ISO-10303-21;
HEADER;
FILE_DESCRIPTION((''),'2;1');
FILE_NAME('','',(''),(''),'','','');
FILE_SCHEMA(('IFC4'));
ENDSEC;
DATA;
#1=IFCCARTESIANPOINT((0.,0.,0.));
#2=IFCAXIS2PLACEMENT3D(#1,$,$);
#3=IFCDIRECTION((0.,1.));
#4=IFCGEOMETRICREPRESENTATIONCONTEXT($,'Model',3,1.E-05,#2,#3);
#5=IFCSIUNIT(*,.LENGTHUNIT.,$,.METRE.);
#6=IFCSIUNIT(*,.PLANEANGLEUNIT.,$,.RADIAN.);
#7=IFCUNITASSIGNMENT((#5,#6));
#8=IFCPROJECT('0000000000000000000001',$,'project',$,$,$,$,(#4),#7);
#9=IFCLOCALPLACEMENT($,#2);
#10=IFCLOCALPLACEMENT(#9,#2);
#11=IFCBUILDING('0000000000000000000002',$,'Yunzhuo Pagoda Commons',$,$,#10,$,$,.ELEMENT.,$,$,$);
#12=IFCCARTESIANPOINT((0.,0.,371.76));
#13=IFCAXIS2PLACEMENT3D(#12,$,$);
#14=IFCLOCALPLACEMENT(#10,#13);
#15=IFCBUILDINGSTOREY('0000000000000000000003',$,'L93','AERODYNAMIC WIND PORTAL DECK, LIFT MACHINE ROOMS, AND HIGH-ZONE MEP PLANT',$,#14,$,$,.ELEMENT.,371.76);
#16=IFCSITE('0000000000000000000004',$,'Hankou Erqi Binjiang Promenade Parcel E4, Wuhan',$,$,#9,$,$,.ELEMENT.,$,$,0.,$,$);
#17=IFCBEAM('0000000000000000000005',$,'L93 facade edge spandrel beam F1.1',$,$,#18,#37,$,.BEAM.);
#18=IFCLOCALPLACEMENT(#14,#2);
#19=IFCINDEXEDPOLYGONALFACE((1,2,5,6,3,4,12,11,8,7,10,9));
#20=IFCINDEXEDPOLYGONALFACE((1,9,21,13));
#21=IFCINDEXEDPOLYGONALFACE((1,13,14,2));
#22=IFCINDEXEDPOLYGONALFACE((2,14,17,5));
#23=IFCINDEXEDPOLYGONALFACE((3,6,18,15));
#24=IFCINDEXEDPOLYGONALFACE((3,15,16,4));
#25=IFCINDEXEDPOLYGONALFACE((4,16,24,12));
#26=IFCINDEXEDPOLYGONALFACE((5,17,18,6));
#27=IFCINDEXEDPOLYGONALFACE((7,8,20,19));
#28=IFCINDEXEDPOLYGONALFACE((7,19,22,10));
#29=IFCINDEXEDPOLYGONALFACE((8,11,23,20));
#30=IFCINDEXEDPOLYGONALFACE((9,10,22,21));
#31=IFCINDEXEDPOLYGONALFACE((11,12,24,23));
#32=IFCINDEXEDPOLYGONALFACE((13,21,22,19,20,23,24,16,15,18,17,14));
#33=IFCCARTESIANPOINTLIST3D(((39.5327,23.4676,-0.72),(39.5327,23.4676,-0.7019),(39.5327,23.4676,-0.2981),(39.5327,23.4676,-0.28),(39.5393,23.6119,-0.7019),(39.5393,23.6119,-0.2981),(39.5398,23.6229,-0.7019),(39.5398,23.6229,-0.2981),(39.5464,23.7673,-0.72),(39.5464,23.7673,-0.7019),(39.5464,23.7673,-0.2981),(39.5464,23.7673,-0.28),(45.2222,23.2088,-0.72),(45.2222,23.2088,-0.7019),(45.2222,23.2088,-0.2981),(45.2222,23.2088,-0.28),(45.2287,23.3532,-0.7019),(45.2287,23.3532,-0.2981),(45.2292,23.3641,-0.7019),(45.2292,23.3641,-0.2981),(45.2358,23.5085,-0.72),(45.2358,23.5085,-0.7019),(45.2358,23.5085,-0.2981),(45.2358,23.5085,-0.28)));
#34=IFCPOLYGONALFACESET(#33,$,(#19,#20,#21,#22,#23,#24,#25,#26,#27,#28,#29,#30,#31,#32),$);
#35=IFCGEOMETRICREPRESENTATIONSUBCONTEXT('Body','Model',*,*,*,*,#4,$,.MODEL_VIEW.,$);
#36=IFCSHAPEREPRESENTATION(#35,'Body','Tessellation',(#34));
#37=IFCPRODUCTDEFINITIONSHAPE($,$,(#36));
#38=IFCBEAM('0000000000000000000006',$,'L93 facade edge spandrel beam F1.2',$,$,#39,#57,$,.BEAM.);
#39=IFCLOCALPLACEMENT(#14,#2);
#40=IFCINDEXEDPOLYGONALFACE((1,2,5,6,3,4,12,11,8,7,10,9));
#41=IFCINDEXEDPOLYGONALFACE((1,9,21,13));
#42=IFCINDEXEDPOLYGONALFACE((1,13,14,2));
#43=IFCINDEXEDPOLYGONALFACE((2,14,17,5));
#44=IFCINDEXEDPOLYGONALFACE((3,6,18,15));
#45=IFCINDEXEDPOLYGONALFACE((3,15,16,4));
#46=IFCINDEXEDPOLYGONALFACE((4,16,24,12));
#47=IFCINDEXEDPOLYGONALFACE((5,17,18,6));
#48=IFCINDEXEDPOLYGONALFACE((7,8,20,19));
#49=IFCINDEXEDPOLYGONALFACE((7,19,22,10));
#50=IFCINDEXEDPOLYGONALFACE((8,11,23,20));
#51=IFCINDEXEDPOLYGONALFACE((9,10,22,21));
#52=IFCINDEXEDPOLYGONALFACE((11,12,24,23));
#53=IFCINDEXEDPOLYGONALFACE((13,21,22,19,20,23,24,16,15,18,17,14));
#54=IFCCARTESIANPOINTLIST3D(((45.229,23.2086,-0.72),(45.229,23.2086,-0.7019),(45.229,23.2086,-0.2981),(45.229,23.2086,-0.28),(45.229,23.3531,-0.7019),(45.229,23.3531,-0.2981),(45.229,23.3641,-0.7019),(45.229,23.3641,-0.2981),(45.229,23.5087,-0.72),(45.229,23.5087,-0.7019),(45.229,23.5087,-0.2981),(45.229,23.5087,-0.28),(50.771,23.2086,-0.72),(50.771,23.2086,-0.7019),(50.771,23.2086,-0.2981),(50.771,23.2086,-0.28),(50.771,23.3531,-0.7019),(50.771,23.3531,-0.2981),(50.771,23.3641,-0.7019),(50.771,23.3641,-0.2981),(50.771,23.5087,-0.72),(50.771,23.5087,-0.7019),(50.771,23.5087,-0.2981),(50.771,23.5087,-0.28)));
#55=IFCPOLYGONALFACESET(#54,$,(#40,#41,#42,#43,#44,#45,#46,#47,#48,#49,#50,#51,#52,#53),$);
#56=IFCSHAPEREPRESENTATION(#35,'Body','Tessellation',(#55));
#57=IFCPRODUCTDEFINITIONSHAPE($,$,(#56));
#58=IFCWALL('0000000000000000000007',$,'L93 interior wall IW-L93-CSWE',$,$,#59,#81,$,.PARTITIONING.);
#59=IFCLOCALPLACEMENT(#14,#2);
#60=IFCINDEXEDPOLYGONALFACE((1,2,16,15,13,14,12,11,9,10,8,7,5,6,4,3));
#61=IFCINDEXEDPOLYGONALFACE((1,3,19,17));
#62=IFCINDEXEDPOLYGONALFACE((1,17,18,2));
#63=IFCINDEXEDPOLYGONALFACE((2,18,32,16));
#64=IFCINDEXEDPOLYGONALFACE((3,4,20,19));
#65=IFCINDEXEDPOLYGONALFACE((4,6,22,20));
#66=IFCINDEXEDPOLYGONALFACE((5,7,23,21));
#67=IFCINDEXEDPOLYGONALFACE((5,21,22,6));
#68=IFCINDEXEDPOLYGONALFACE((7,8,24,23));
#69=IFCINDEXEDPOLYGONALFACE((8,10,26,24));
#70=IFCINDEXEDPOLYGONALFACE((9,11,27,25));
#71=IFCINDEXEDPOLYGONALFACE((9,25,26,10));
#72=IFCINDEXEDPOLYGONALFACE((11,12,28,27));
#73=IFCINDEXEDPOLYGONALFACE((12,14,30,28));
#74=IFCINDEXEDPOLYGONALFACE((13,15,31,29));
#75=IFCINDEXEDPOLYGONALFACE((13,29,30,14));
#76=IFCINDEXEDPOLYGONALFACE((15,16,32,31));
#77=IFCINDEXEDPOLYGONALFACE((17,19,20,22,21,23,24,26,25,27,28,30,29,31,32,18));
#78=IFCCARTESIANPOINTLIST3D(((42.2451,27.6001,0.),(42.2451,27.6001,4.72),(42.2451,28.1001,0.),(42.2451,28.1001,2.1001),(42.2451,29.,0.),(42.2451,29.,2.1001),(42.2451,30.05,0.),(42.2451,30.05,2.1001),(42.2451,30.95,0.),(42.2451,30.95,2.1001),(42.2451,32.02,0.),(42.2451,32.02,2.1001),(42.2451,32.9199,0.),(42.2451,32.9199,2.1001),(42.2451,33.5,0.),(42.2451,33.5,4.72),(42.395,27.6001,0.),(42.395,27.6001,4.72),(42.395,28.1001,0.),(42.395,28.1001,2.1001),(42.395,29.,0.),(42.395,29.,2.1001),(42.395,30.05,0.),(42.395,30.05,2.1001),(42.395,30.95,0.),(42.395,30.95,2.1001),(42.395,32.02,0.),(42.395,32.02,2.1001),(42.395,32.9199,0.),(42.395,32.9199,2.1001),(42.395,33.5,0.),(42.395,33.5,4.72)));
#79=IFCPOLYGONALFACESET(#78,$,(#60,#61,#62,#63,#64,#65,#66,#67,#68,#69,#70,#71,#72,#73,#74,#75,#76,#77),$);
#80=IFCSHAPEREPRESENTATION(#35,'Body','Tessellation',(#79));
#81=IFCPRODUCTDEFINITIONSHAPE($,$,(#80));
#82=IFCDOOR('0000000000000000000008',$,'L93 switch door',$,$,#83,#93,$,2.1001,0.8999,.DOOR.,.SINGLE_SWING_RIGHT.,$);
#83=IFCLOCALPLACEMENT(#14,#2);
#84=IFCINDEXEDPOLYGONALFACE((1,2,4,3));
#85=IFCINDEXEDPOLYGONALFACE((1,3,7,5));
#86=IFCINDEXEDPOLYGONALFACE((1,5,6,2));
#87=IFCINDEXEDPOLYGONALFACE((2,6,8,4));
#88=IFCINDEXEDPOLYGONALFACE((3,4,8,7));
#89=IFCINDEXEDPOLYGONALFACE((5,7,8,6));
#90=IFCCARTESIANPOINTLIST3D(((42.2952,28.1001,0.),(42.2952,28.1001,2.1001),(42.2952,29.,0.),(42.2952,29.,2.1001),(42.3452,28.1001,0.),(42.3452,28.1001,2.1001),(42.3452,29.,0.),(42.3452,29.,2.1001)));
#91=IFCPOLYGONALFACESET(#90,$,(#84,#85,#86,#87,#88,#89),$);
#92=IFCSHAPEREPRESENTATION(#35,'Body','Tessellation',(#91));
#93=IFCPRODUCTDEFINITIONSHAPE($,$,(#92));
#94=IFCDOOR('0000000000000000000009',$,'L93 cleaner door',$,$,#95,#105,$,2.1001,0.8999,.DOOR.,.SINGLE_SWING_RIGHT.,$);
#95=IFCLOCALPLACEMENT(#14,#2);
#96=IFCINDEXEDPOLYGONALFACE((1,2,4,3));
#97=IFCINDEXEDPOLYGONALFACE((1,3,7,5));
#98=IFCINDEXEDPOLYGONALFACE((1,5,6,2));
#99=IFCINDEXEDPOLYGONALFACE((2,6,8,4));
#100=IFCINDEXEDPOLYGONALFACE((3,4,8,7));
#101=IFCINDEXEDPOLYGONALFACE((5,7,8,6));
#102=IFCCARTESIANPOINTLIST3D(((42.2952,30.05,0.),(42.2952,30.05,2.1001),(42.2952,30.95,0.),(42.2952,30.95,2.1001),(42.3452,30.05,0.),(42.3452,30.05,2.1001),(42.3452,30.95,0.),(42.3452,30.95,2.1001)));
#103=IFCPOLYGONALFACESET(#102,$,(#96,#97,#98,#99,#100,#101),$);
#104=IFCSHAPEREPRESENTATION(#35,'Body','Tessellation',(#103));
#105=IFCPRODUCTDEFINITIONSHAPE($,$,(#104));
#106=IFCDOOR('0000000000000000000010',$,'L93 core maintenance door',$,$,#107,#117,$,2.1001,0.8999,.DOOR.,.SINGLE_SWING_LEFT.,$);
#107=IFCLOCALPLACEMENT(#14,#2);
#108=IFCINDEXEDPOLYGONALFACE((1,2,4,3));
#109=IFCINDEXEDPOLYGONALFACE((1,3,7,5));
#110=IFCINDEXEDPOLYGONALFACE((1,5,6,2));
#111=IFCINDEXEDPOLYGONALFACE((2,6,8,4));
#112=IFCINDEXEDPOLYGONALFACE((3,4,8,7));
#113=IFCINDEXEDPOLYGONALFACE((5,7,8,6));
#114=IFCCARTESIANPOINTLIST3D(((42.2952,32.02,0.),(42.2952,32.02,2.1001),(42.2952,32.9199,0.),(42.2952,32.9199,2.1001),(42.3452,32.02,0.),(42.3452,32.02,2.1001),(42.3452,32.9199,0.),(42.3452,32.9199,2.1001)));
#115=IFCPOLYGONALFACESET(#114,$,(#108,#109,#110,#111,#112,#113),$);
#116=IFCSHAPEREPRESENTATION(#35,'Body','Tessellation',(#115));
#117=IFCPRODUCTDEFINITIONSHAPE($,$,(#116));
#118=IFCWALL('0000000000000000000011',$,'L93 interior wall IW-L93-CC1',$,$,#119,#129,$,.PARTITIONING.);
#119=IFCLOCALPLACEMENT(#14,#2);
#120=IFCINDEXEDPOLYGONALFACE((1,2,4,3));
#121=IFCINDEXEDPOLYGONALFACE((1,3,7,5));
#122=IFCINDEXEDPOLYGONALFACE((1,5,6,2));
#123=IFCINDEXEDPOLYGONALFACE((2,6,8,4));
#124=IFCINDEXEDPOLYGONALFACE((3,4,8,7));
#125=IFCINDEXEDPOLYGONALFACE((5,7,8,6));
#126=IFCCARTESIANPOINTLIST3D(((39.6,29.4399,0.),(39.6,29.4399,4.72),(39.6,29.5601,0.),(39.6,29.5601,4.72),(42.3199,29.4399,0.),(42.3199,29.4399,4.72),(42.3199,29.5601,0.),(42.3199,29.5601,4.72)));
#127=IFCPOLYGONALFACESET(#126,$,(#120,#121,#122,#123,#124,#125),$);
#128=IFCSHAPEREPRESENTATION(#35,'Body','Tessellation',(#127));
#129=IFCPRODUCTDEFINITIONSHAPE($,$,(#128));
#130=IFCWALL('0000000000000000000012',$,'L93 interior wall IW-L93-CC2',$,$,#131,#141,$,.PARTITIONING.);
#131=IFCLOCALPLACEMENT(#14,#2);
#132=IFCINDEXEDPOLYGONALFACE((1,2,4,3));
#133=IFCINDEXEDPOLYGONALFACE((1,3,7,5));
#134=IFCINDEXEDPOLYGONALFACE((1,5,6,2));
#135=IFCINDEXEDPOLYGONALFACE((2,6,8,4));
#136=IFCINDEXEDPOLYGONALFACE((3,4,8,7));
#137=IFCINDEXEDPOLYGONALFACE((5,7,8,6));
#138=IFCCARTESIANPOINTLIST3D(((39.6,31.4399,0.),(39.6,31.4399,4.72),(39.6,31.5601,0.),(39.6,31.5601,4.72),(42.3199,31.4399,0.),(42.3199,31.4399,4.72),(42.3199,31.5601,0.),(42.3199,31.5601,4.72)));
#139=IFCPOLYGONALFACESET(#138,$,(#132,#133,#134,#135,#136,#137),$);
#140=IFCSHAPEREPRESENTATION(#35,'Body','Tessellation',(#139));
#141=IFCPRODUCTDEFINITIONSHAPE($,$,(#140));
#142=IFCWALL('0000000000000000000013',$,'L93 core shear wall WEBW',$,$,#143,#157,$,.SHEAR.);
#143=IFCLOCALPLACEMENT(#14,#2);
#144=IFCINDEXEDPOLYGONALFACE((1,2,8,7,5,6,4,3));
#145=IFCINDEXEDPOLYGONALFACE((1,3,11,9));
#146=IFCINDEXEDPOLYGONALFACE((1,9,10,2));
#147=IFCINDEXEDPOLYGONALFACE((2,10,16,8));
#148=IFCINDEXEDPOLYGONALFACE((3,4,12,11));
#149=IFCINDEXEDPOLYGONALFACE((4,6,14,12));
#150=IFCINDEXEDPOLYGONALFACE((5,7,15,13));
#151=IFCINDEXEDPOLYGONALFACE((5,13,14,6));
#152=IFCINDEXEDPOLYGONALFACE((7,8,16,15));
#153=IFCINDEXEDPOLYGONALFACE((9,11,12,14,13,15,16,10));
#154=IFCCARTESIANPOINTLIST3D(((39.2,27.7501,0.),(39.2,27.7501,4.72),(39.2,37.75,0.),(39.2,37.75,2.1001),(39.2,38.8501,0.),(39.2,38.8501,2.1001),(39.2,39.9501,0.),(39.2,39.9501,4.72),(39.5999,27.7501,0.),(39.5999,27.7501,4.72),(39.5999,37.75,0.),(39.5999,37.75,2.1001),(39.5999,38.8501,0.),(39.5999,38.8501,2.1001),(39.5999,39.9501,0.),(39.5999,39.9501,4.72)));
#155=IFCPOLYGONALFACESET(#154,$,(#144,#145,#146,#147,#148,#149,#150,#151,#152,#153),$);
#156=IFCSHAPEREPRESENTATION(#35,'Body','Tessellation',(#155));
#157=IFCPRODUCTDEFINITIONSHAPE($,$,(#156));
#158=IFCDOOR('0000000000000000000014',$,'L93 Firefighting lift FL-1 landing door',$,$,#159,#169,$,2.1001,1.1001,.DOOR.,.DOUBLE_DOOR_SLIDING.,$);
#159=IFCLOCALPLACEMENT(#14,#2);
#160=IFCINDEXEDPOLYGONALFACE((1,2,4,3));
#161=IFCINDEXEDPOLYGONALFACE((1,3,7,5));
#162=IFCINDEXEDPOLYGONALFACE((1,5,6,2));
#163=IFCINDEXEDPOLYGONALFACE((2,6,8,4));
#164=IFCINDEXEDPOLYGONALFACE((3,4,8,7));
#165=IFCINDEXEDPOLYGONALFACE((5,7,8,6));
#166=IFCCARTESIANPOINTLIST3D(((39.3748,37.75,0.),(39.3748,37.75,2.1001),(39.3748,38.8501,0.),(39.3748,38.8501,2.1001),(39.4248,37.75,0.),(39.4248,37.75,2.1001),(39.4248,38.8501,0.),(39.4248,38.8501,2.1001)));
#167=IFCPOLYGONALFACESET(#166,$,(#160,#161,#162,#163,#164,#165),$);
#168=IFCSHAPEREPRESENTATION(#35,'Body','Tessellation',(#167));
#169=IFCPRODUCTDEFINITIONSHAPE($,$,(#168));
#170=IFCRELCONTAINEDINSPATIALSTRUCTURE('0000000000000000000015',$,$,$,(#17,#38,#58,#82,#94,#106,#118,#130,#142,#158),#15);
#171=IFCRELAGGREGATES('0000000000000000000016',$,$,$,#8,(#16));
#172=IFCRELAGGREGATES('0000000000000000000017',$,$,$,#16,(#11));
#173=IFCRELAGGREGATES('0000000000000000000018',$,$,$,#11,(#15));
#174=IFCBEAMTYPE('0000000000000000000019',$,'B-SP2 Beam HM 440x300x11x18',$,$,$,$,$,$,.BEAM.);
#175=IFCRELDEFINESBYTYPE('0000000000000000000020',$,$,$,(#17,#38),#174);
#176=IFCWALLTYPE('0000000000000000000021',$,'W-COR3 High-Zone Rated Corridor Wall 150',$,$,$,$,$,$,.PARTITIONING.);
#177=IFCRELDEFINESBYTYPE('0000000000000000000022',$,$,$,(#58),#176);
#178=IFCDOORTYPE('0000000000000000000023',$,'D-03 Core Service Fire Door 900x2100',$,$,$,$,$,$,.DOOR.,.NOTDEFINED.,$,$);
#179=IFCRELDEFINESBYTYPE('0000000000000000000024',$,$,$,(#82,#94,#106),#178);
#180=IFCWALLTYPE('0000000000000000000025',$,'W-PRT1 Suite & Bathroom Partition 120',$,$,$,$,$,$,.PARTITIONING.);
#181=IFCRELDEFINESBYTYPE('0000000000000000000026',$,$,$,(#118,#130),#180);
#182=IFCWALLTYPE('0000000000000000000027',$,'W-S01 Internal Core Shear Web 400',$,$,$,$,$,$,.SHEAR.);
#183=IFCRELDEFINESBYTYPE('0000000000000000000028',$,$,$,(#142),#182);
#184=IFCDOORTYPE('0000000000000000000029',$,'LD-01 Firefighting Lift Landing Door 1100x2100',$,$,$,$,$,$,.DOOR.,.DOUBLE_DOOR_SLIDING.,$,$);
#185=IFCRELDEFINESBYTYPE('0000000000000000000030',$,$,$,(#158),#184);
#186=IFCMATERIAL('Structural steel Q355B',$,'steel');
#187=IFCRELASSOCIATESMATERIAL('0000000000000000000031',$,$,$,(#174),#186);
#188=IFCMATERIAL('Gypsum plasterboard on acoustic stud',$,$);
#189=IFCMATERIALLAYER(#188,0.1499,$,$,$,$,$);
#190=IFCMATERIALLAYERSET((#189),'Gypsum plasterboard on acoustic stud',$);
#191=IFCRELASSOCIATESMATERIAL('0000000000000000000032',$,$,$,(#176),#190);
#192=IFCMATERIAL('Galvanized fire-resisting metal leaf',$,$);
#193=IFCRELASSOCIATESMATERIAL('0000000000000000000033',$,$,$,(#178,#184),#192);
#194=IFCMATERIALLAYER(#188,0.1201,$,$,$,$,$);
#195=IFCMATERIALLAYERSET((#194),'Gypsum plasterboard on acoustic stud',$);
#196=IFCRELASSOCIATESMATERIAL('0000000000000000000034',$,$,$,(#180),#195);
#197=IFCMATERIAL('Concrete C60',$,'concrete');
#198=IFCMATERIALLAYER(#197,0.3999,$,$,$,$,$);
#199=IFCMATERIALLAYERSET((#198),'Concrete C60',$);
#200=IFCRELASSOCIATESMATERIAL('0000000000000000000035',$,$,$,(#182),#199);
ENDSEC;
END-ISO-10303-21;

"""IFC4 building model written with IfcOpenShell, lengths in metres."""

from ifc_helpers import new_model, si_unit, direction, frame, frame_2d, origin, origin_with_axes, origin_2d, place, context, subcontext, project, spatial, rectangle, i_section, extrude, source, transform, mapped, material, layer, layer_set, material_profile, profile_set, type_object, element, fill, save


model = new_model("IFC4")

# Units and contexts
model_context = context("Model", 3, precision=1e-05, world=origin(), true_north=direction((0.0, 1.0)))
body_context = subcontext(model_context, "Body", "Model", "MODEL_VIEW")
ifc_project = project(units=[si_unit("LENGTHUNIT", "METRE"), si_unit("PLANEANGLEUNIT", "RADIAN")], contexts=[model_context])

# Site, building, storey
site_placement = place(None, origin())
site = spatial("IfcSite", under=ifc_project, at=site_placement, Name="Hankou Erqi Binjiang Promenade Parcel E4, Wuhan", CompositionType="ELEMENT", RefElevation=0.0)
building_placement = place(site_placement, origin())
building = spatial("IfcBuilding", under=site, at=building_placement, Name="Yunzhuo Pagoda Commons", CompositionType="ELEMENT")
storey_placement = place(building_placement, frame((0.0, 0.0, 371.76)))
storey = spatial("IfcBuildingStorey", under=building, at=storey_placement, Name="L93", Description="AERODYNAMIC WIND PORTAL DECK, LIFT MACHINE ROOMS, AND HIGH-ZONE MEP PLANT", CompositionType="ELEMENT", Elevation=371.76)

# Shared definitions
ifc_material_1 = material(Name="Structural steel Q355B", Category="steel")

# Beams
ifc_material_profile_1 = material_profile(ifc_material_1, i_section(OverallWidth=0.3, OverallDepth=0.4399, WebThickness=0.011, FlangeThickness=0.0181, at=origin_2d()), Name="Structural steel Q355B")
ifc_profile_set_1 = profile_set([ifc_material_profile_1], Name="Structural steel Q355B")
beam_type_1 = type_object("IfcBeamType", Name="B-SP2 Beam HM 440x300x11x18", PredefinedType="BEAM", material=ifc_profile_set_1)
shared_shape_1 = source(origin(), body_context, "Body", "SweptSolid", [
    extrude(i_section(OverallWidth=0.3, OverallDepth=0.4399, WebThickness=0.011, FlangeThickness=0.0181, at=origin_2d()), origin(), (0.0, 0.0, 1.0), 5.6953),
])
beam_1_placement = place(storey_placement, frame((39.5396, 23.6174, -0.5), z_axis=(0.998967, -0.045439, 0.0), x_axis=(0.045439, 0.998967, 0.0)))
element("IfcBeam", 1, at=beam_1_placement, inside=storey, type_object=beam_type_1, Name="L93 facade edge spandrel beam F1.1", PredefinedType="BEAM", context=body_context, shape_type="MappedRepresentation", body=[
    mapped(shared_shape_1, transform((0.0, 0.0, 0.0), scale=1.0)),
])
shared_shape_2 = source(origin(), body_context, "Body", "SweptSolid", [
    extrude(i_section(OverallWidth=0.3, OverallDepth=0.4399, WebThickness=0.011, FlangeThickness=0.0181, at=origin_2d()), origin(), (0.0, 0.0, 1.0), 5.542),
])
beam_2_placement = place(storey_placement, frame((45.229, 23.3586, -0.5), z_axis=(1.0, 0.0, 0.0), x_axis=(0.0, 1.0, 0.0)))
element("IfcBeam", 2, at=beam_2_placement, inside=storey, type_object=beam_type_1, Name="L93 facade edge spandrel beam F1.2", PredefinedType="BEAM", context=body_context, shape_type="MappedRepresentation", body=[
    mapped(shared_shape_2, transform((0.0, 0.0, 0.0), scale=1.0)),
])

# Wall, openings, doors
ifc_material_2 = material(Name="Gypsum plasterboard on acoustic stud")
ifc_layer_1 = layer(ifc_material_2, 0.1499)
ifc_layer_set_1 = layer_set([ifc_layer_1], Name="Gypsum plasterboard on acoustic stud")
wall_type_1 = type_object("IfcWallType", Name="W-COR3 High-Zone Rated Corridor Wall 150", PredefinedType="PARTITIONING", material=ifc_layer_set_1)
wall_1_placement = place(storey_placement, frame((42.3201, 27.6001, 0.0), z_axis=(0.0, 0.0, 1.0), x_axis=(0.0, 1.0, 0.0)))
wall_1 = element("IfcWall", 3, at=wall_1_placement, inside=storey, type_object=wall_type_1, Name="L93 interior wall IW-L93-CSWE", PredefinedType="PARTITIONING", context=body_context, shape_type="SweptSolid", body=[
    extrude(rectangle(XDim=5.8999, YDim=0.1499, at=frame_2d((2.95, 0.0))), origin(), (0.0, 0.0, 1.0), 4.72),
])
opening_1_placement = place(wall_1_placement, frame((0.5, 0.0, 0.0)))
opening_1 = element("IfcOpeningElement", 4, at=opening_1_placement, cuts=wall_1, PredefinedType="OPENING", context=body_context, shape_type="SweptSolid", body=[
    extrude(rectangle(XDim=0.8999, YDim=2.1001, at=frame_2d((0.45, 1.05))), frame((0.0, 0.085, 0.0), z_axis=(0.0, -1.0, 0.0), x_axis=(1.0, 0.0, 0.0)), (0.0, 0.0, 1.0), 0.1699),
])
opening_2_placement = place(wall_1_placement, frame((2.45, 0.0, 0.0)))
opening_2 = element("IfcOpeningElement", 5, at=opening_2_placement, cuts=wall_1, PredefinedType="OPENING", context=body_context, shape_type="SweptSolid", body=[
    extrude(rectangle(XDim=0.8999, YDim=2.1001, at=frame_2d((0.45, 1.05))), frame((0.0, 0.085, 0.0), z_axis=(0.0, -1.0, 0.0), x_axis=(1.0, 0.0, 0.0)), (0.0, 0.0, 1.0), 0.1699),
])
opening_3_placement = place(wall_1_placement, frame((4.4199, 0.0, 0.0)))
opening_3 = element("IfcOpeningElement", 6, at=opening_3_placement, cuts=wall_1, PredefinedType="OPENING", context=body_context, shape_type="SweptSolid", body=[
    extrude(rectangle(XDim=0.8999, YDim=2.1001, at=frame_2d((0.45, 1.05))), frame((0.0, 0.085, 0.0), z_axis=(0.0, -1.0, 0.0), x_axis=(1.0, 0.0, 0.0)), (0.0, 0.0, 1.0), 0.1699),
])
ifc_material_3 = material(Name="Galvanized fire-resisting metal leaf")
door_type_1 = type_object("IfcDoorType", Name="D-03 Core Service Fire Door 900x2100", OperationType="NOTDEFINED", PredefinedType="DOOR", material=ifc_material_3)
shared_shape_3 = source(origin(), body_context, "Body", "SweptSolid", [
    extrude(rectangle(XDim=0.8999, YDim=2.1001, at=frame_2d((0.45, 1.05))), frame((0.0, 0.0249, 0.0), z_axis=(0.0, -1.0, 0.0), x_axis=(1.0, 0.0, 0.0)), (0.0, 0.0, 1.0), 0.05),
])
door_1_placement = place(opening_1_placement, origin_with_axes())
door_1 = element("IfcDoor", 7, at=door_1_placement, inside=storey, type_object=door_type_1, Name="L93 switch door", OperationType="SINGLE_SWING_RIGHT", OverallHeight=2.1001, OverallWidth=0.8999, PredefinedType="DOOR", context=body_context, shape_type="MappedRepresentation", body=[
    mapped(shared_shape_3, transform((0.0, 0.0, 0.0), scale=1.0)),
])
fill(opening_1, door_1)
door_2_placement = place(opening_2_placement, origin_with_axes())
door_2 = element("IfcDoor", 8, at=door_2_placement, inside=storey, type_object=door_type_1, Name="L93 cleaner door", OperationType="SINGLE_SWING_RIGHT", OverallHeight=2.1001, OverallWidth=0.8999, PredefinedType="DOOR", context=body_context, shape_type="MappedRepresentation", body=[
    mapped(shared_shape_3, transform((0.0, 0.0, 0.0), scale=1.0)),
])
fill(opening_2, door_2)
door_3_placement = place(opening_3_placement, origin_with_axes())
door_3 = element("IfcDoor", 9, at=door_3_placement, inside=storey, type_object=door_type_1, Name="L93 core maintenance door", OperationType="SINGLE_SWING_LEFT", OverallHeight=2.1001, OverallWidth=0.8999, PredefinedType="DOOR", context=body_context, shape_type="MappedRepresentation", body=[
    mapped(shared_shape_3, transform((0.0, 0.0, 0.0), scale=1.0)),
])
fill(opening_3, door_3)

# Walls
ifc_layer_2 = layer(ifc_material_2, 0.1201)
ifc_layer_set_2 = layer_set([ifc_layer_2], Name="Gypsum plasterboard on acoustic stud")
wall_type_2 = type_object("IfcWallType", Name="W-PRT1 Suite & Bathroom Partition 120", PredefinedType="PARTITIONING", material=ifc_layer_set_2)
for number, where, z_axis, x_axis, name in (
    (10, (39.6001, 29.5, 0.0), (0.0, 0.0, 1.0), (1.0, 0.0, 0.0), "L93 interior wall IW-L93-CC1"),
    (11, (39.6001, 31.5, 0.0), (0.0, 0.0, 1.0), (1.0, 0.0, 0.0), "L93 interior wall IW-L93-CC2"),
):
    element("IfcWall", number, at=place(storey_placement, frame(where, z_axis=z_axis, x_axis=x_axis)), inside=storey, type_object=wall_type_2, Name=name, PredefinedType="PARTITIONING", context=body_context, shape_type="SweptSolid", body=[
        extrude(rectangle(XDim=2.72, YDim=0.1201, at=frame_2d((1.3599, 0.0))), origin(), (0.0, 0.0, 1.0), 4.72),
    ])

# Wall, opening, door
ifc_material_4 = material(Name="Concrete C60", Category="concrete")
ifc_layer_3 = layer(ifc_material_4, 0.3999)
ifc_layer_set_3 = layer_set([ifc_layer_3], Name="Concrete C60")
wall_type_3 = type_object("IfcWallType", Name="W-S01 Internal Core Shear Web 400", PredefinedType="SHEAR", material=ifc_layer_set_3)
wall_2_placement = place(storey_placement, frame((39.3999, 27.75, 0.0), z_axis=(0.0, 0.0, 1.0), x_axis=(0.0, 1.0, 0.0)))
wall_2 = element("IfcWall", 12, at=wall_2_placement, inside=storey, type_object=wall_type_3, Name="L93 core shear wall WEBW", PredefinedType="SHEAR", context=body_context, shape_type="SweptSolid", body=[
    extrude(rectangle(XDim=12.2, YDim=0.3999, at=frame_2d((6.1001, 0.0))), origin(), (0.0, 0.0, 1.0), 4.72),
])
opening_4_placement = place(wall_2_placement, frame((10.0, 0.0, 0.0)))
opening_4 = element("IfcOpeningElement", 13, at=opening_4_placement, cuts=wall_2, PredefinedType="OPENING", context=body_context, shape_type="SweptSolid", body=[
    extrude(rectangle(XDim=1.1001, YDim=2.1001, at=frame_2d((0.55, 1.05))), frame((0.0, 0.21, 0.0), z_axis=(0.0, -1.0, 0.0), x_axis=(1.0, 0.0, 0.0)), (0.0, 0.0, 1.0), 0.4199),
])
door_type_2 = type_object("IfcDoorType", Name="LD-01 Firefighting Lift Landing Door 1100x2100", OperationType="DOUBLE_DOOR_SLIDING", PredefinedType="DOOR", material=ifc_material_3)
shared_shape_4 = source(origin(), body_context, "Body", "SweptSolid", [
    extrude(rectangle(XDim=1.1001, YDim=2.1001, at=frame_2d((0.55, 1.05))), frame((0.0, 0.0249, 0.0), z_axis=(0.0, -1.0, 0.0), x_axis=(1.0, 0.0, 0.0)), (0.0, 0.0, 1.0), 0.05),
])
door_4_placement = place(opening_4_placement, frame((1.1001, 0.0, 0.0), z_axis=(0.0, 0.0, 1.0), x_axis=(-1.0, 0.0, 0.0)))
door_4 = element("IfcDoor", 14, at=door_4_placement, inside=storey, type_object=door_type_2, Name="L93 Firefighting lift FL-1 landing door", OperationType="DOUBLE_DOOR_SLIDING", OverallHeight=2.1001, OverallWidth=1.1001, PredefinedType="DOOR", context=body_context, shape_type="MappedRepresentation", body=[
    mapped(shared_shape_4, transform((0.0, 0.0, 0.0), scale=1.0)),
])
fill(opening_4, door_4)

save(model, "model.ifc")
